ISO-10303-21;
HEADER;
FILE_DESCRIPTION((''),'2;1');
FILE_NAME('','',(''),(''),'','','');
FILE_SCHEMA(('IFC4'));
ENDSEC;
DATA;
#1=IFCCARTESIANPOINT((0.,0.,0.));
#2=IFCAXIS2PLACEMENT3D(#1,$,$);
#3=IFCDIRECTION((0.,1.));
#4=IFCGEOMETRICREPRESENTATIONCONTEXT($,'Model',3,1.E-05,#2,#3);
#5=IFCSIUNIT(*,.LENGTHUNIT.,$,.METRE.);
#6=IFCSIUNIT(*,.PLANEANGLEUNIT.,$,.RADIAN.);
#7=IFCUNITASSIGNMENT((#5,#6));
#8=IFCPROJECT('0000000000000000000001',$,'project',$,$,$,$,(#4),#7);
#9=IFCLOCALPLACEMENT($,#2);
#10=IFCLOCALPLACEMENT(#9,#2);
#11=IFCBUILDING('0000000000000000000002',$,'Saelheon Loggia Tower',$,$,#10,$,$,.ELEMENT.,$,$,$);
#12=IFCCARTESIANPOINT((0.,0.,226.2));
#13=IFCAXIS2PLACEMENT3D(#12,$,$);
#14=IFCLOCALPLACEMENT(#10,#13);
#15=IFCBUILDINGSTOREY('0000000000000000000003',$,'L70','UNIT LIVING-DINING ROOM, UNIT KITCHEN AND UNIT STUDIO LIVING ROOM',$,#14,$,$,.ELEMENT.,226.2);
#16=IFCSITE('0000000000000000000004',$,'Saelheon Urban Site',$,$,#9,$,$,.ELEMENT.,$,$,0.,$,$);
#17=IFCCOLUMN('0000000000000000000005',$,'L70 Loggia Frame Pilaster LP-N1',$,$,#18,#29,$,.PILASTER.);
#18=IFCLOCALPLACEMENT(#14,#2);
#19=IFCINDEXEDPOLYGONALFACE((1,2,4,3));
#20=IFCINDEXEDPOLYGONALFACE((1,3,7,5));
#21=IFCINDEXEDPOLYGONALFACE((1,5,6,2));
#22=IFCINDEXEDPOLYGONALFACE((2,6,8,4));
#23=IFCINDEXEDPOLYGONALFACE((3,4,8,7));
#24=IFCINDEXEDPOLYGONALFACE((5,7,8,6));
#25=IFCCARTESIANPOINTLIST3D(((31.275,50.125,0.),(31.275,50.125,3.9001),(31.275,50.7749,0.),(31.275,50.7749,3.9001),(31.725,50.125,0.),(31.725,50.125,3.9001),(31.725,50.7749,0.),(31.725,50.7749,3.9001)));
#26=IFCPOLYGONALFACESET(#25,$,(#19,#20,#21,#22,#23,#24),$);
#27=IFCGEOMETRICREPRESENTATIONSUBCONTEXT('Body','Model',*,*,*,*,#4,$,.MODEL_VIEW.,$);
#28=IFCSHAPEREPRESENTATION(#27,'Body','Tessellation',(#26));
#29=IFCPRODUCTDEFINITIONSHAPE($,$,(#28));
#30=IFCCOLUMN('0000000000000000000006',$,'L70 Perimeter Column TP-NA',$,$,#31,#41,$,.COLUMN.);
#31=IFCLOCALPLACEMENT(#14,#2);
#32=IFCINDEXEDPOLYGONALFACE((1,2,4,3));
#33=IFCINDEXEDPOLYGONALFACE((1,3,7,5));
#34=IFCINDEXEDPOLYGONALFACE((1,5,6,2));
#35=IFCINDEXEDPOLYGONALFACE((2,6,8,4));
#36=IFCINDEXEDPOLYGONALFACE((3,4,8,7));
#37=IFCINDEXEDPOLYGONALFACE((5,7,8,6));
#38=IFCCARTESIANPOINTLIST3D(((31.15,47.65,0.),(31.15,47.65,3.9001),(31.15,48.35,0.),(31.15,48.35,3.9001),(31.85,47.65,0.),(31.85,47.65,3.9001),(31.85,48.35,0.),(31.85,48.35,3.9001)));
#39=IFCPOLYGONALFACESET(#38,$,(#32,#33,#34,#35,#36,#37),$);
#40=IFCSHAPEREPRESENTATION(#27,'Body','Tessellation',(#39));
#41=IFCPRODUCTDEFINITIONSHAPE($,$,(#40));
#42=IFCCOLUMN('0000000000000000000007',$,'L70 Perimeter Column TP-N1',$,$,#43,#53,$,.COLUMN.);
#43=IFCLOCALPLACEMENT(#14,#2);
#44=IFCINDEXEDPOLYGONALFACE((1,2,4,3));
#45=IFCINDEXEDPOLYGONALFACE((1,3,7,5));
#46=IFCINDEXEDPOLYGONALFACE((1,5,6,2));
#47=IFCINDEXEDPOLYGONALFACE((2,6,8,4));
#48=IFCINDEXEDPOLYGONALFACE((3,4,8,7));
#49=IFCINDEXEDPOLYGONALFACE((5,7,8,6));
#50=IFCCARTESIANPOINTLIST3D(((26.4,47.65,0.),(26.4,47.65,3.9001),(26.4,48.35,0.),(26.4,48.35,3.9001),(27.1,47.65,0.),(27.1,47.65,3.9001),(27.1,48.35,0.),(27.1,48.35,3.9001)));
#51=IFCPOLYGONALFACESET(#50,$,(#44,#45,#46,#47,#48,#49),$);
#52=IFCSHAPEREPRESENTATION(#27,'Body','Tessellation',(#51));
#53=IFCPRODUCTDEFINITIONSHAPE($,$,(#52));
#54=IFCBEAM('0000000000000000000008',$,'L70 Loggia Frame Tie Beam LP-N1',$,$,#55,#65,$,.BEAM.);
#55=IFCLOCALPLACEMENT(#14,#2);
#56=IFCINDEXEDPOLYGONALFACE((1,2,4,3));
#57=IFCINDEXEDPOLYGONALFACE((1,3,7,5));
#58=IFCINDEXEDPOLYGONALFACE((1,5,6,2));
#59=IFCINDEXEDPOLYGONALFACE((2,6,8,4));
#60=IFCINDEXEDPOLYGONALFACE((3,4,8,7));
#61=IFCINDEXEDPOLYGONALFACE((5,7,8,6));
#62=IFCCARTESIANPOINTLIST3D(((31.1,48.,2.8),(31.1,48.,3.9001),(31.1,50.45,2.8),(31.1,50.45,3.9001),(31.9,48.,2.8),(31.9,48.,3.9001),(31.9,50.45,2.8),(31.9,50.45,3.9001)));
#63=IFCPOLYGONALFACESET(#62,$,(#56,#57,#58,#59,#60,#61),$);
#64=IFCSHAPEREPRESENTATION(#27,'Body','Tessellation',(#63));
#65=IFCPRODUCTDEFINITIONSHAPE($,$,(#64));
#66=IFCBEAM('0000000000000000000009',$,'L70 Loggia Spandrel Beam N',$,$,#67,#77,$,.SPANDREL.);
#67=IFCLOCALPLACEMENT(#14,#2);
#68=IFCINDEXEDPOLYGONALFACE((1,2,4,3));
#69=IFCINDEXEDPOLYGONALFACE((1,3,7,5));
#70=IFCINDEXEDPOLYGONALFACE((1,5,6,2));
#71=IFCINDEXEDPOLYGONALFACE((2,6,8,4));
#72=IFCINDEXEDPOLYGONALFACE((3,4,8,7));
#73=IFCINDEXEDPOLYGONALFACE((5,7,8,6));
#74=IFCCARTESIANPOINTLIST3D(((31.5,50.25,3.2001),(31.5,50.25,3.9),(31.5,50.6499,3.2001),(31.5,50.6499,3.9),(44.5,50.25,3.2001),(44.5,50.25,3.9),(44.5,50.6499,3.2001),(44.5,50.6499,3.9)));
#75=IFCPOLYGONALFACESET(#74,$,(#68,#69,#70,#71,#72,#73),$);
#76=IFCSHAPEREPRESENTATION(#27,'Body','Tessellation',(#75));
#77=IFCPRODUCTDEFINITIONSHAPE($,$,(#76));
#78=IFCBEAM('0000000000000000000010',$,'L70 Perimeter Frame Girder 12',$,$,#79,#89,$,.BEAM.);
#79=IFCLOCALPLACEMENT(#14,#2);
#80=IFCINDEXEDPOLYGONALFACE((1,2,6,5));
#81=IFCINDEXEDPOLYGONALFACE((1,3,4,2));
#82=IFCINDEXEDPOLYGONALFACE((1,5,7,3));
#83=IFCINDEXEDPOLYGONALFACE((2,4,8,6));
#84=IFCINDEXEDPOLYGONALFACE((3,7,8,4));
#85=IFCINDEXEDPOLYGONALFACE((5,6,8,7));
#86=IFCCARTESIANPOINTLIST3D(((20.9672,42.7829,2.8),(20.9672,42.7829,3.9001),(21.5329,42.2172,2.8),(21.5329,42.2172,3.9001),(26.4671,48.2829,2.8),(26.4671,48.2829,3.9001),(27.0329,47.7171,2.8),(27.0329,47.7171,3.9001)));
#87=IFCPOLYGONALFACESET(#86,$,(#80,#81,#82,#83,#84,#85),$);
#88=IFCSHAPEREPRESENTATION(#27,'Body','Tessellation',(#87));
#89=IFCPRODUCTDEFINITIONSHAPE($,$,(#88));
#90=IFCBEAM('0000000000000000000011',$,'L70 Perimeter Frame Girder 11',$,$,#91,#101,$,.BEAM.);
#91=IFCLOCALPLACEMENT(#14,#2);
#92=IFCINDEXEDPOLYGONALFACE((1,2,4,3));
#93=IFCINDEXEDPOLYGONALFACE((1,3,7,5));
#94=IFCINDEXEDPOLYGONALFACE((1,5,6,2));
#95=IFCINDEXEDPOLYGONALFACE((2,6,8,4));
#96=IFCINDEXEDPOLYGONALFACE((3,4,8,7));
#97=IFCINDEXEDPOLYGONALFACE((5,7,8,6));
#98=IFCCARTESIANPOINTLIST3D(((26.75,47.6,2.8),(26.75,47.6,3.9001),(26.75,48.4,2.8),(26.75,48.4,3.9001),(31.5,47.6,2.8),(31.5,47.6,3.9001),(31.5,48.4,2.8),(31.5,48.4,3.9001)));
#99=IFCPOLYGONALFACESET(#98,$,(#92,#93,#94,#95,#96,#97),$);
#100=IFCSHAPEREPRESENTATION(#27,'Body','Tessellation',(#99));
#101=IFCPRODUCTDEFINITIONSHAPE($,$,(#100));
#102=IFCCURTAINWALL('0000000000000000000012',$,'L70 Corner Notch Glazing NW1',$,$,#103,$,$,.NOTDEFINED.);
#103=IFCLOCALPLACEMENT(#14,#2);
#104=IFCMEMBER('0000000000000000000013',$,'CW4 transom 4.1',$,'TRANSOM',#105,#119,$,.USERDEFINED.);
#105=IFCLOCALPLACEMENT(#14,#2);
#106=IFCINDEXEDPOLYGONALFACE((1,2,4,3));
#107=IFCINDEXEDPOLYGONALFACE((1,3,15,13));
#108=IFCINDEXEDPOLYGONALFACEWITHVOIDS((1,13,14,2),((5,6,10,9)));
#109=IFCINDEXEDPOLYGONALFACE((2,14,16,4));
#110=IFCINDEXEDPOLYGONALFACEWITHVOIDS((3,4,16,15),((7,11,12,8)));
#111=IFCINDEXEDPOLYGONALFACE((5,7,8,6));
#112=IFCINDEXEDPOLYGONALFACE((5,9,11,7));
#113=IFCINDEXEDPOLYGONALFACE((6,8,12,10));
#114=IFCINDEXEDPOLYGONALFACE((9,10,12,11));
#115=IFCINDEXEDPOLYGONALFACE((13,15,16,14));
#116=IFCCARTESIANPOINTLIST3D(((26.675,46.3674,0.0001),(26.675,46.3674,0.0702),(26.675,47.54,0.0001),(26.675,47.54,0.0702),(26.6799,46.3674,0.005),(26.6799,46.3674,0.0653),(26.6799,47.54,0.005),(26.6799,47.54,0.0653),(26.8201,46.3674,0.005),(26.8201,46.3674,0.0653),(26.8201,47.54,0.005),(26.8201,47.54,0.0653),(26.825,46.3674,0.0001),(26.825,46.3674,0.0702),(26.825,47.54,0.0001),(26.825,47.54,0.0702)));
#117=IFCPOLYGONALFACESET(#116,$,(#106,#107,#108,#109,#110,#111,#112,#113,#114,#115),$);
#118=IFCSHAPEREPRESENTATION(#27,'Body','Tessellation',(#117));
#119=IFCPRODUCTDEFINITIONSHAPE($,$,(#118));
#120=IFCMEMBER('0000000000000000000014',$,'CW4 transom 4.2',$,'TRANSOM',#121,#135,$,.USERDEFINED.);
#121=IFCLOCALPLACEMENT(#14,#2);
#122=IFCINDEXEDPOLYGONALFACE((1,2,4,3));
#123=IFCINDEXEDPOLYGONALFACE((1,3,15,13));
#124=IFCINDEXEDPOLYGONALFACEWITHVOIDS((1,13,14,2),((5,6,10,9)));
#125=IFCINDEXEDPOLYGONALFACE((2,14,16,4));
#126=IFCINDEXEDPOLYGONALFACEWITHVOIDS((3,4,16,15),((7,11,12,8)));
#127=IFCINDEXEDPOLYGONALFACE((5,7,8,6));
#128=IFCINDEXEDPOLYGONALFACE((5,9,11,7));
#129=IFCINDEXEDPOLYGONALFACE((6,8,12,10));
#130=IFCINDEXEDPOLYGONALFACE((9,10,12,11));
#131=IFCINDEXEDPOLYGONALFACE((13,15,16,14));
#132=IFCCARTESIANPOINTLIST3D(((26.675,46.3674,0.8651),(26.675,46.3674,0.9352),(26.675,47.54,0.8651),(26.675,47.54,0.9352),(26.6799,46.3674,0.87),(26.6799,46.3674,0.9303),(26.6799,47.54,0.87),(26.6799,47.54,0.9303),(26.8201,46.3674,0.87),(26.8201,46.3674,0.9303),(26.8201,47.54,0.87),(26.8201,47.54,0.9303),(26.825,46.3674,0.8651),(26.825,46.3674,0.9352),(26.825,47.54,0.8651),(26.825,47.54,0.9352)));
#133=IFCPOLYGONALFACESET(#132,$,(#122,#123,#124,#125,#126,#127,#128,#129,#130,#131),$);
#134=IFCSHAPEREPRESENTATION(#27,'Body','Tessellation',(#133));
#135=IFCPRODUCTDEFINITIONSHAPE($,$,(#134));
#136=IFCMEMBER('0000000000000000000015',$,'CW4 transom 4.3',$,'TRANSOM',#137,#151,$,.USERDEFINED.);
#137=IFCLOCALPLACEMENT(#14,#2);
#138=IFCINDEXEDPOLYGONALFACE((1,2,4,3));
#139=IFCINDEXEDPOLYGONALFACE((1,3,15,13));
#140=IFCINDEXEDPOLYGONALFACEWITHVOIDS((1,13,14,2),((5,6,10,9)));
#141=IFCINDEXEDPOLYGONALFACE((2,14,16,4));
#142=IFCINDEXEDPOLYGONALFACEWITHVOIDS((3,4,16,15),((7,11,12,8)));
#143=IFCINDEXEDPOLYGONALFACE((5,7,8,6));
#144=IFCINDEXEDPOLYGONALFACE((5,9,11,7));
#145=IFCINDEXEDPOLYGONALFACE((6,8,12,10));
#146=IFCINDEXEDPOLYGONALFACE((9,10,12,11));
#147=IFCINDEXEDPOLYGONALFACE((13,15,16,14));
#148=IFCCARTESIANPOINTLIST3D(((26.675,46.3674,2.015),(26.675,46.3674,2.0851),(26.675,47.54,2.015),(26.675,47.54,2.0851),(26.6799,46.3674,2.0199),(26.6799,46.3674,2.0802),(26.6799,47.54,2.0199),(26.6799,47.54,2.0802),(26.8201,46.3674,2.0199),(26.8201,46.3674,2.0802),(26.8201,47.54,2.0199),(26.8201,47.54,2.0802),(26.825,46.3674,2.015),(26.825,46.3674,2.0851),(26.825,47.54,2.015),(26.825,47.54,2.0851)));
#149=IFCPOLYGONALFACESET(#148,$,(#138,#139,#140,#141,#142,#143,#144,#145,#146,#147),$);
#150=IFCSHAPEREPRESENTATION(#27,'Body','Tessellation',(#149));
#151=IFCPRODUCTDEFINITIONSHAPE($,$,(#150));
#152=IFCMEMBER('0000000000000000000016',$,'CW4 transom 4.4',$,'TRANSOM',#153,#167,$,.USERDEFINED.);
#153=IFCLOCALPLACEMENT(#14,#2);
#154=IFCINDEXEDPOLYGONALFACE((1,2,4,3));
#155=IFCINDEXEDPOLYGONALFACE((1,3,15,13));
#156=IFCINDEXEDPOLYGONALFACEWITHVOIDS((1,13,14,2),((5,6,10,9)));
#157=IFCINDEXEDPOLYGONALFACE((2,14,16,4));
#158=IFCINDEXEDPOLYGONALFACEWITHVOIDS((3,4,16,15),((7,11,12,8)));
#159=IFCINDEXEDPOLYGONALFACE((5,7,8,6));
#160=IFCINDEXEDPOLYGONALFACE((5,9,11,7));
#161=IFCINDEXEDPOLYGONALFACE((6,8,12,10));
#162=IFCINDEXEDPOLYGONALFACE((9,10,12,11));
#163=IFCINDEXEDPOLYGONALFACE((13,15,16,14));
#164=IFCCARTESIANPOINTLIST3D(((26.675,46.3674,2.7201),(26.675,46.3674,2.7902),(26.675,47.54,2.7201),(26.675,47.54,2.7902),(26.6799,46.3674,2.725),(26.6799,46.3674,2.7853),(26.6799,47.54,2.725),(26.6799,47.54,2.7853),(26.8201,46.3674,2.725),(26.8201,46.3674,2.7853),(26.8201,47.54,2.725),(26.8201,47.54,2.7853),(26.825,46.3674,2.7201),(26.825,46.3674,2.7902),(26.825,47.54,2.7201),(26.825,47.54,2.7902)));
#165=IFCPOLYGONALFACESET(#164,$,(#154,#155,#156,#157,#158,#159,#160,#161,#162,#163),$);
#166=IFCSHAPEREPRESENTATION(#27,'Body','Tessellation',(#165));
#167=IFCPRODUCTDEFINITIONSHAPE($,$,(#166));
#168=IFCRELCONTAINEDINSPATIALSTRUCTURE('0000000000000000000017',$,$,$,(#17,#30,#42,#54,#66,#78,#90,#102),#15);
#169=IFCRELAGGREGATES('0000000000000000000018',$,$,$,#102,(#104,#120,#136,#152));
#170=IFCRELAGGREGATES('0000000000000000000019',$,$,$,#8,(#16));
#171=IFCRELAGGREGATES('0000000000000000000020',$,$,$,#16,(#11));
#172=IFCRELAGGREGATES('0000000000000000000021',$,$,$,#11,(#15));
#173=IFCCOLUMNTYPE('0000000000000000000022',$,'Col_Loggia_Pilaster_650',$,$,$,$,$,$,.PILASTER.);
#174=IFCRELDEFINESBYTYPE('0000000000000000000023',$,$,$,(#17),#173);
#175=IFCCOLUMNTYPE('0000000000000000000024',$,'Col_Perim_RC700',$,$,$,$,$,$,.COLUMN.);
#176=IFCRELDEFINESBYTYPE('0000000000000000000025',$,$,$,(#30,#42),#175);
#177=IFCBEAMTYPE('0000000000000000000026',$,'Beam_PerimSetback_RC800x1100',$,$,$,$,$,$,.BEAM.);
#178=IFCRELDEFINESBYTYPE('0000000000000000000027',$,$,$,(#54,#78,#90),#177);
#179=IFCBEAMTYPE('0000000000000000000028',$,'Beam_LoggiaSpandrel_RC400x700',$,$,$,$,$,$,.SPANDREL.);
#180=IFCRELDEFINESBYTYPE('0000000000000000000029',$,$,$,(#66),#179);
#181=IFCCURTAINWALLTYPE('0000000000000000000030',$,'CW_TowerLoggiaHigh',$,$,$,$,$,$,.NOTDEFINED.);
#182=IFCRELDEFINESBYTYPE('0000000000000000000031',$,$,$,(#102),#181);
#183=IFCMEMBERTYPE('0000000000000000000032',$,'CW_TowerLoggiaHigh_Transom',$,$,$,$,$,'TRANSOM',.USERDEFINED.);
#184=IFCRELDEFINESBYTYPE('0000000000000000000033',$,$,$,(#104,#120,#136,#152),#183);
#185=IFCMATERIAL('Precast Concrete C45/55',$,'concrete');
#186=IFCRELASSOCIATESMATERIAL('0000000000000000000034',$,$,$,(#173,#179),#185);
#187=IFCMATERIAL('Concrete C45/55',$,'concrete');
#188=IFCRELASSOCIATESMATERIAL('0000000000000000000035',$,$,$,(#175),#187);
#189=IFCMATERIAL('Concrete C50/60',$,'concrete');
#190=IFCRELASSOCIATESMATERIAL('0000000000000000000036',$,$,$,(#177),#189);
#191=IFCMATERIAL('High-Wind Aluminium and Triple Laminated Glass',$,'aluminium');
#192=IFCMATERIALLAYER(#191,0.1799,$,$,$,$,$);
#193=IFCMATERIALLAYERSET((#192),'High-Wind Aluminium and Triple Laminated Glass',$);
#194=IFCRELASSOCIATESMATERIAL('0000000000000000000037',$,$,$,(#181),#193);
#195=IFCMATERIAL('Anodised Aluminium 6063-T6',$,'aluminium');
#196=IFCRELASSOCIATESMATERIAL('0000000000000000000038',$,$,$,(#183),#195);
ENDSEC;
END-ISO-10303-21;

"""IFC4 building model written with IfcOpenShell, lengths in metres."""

from ifc_helpers import new_model, si_unit, direction, frame, origin, origin_2d, place, context, subcontext, project, spatial, rectangle, hollow_rectangle, extrude, source, transform, mapped, material, layer, layer_set, material_profile, profile_set, type_object, element, aggregate, save


model = new_model("IFC4")

# Units and contexts
model_context = context("Model", 3, precision=1e-05, world=origin(), true_north=direction((0.0, 1.0)))
body_context = subcontext(model_context, "Body", "Model", "MODEL_VIEW")
ifc_project = project(units=[si_unit("LENGTHUNIT", "METRE"), si_unit("PLANEANGLEUNIT", "RADIAN")], contexts=[model_context])

# Site, building, storey
site_placement = place(None, origin())
site = spatial("IfcSite", under=ifc_project, at=site_placement, Name="Saelheon Urban Site", CompositionType="ELEMENT", RefElevation=0.0)
building_placement = place(site_placement, origin())
building = spatial("IfcBuilding", under=site, at=building_placement, Name="Saelheon Loggia Tower", CompositionType="ELEMENT")
storey_placement = place(building_placement, frame((0.0, 0.0, 226.2)))
storey = spatial("IfcBuildingStorey", under=building, at=storey_placement, Name="L70", Description="UNIT LIVING-DINING ROOM, UNIT KITCHEN AND UNIT STUDIO LIVING ROOM", CompositionType="ELEMENT", Elevation=226.2)

# Columns
ifc_material_1 = material(Name="Precast Concrete C45/55", Category="concrete")
ifc_material_profile_1 = material_profile(ifc_material_1, rectangle(XDim=0.45, YDim=0.6499, at=origin_2d()), Name="RC-450x650")
ifc_profile_set_1 = profile_set([ifc_material_profile_1], Name="Precast Concrete C45/55")
column_type_1 = type_object("IfcColumnType", Name="Col_Loggia_Pilaster_650", PredefinedType="PILASTER", material=ifc_profile_set_1)
shared_shape_1 = source(origin(), body_context, "Body", "SweptSolid", [
    extrude(rectangle(XDim=0.45, YDim=0.6499, at=origin_2d()), origin(), (0.0, 0.0, 1.0), 3.9001),
])
column_placement = place(storey_placement, frame((31.5, 50.45, 0.0), z_axis=(0.0, 0.0, 1.0), x_axis=(1.0, 0.0, 0.0)))
element("IfcColumn", 1, at=column_placement, inside=storey, type_object=column_type_1, Name="L70 Loggia Frame Pilaster LP-N1", PredefinedType="PILASTER", context=body_context, shape_type="MappedRepresentation", body=[
    mapped(shared_shape_1, transform((0.0, 0.0, 0.0), scale=1.0)),
])
ifc_material_2 = material(Name="Concrete C45/55", Category="concrete")
ifc_material_profile_2 = material_profile(ifc_material_2, rectangle(XDim=0.7, YDim=0.7, at=origin_2d()), Name="RC-700x700")
ifc_profile_set_2 = profile_set([ifc_material_profile_2], Name="Concrete C45/55")
column_type_2 = type_object("IfcColumnType", Name="Col_Perim_RC700", PredefinedType="COLUMN", material=ifc_profile_set_2)
shared_shape_2 = source(origin(), body_context, "Body", "SweptSolid", [
    extrude(rectangle(XDim=0.7, YDim=0.7, at=origin_2d()), origin(), (0.0, 0.0, 1.0), 3.9001),
])
for number, where, z_axis, x_axis, name in (
    (2, (31.5, 48.0, 0.0), (0.0, 0.0, 1.0), (1.0, 0.0, 0.0), "L70 Perimeter Column TP-NA"),
    (3, (26.75, 48.0, 0.0), (0.0, 0.0, 1.0), (1.0, 0.0, 0.0), "L70 Perimeter Column TP-N1"),
):
    element("IfcColumn", number, at=place(storey_placement, frame(where, z_axis=z_axis, x_axis=x_axis)), inside=storey, type_object=column_type_2, Name=name, PredefinedType="COLUMN", context=body_context, shape_type="MappedRepresentation", body=[
        mapped(shared_shape_2, transform((0.0, 0.0, 0.0), scale=1.0)),
    ])

# Beams
ifc_material_3 = material(Name="Concrete C50/60", Category="concrete")
ifc_material_profile_3 = material_profile(ifc_material_3, rectangle(XDim=0.8, YDim=1.1001, at=origin_2d()), Name="RC-800x1100")
ifc_profile_set_3 = profile_set([ifc_material_profile_3], Name="Concrete C50/60")
beam_type_1 = type_object("IfcBeamType", Name="Beam_PerimSetback_RC800x1100", PredefinedType="BEAM", material=ifc_profile_set_3)
shared_shape_3 = source(origin(), body_context, "Body", "SweptSolid", [
    extrude(rectangle(XDim=0.8, YDim=1.1001, at=origin_2d()), origin(), (0.0, 0.0, 1.0), 2.45),
])
beam_1_placement = place(storey_placement, frame((31.5, 48.0, 3.3501), z_axis=(0.0, 1.0, 0.0), x_axis=(-1.0, 0.0, 0.0)))
element("IfcBeam", 4, at=beam_1_placement, inside=storey, type_object=beam_type_1, Name="L70 Loggia Frame Tie Beam LP-N1", PredefinedType="BEAM", context=body_context, shape_type="MappedRepresentation", body=[
    mapped(shared_shape_3, transform((0.0, 0.0, 0.0), scale=1.0)),
])
ifc_material_profile_4 = material_profile(ifc_material_1, rectangle(XDim=0.3999, YDim=0.7, at=origin_2d()), Name="RC-400x700")
ifc_profile_set_4 = profile_set([ifc_material_profile_4], Name="Precast Concrete C45/55")
beam_type_2 = type_object("IfcBeamType", Name="Beam_LoggiaSpandrel_RC400x700", PredefinedType="SPANDREL", material=ifc_profile_set_4)
shared_shape_4 = source(origin(), body_context, "Body", "SweptSolid", [
    extrude(rectangle(XDim=0.3999, YDim=0.7, at=origin_2d()), origin(), (0.0, 0.0, 1.0), 13.0),
])
beam_2_placement = place(storey_placement, frame((31.5, 50.45, 3.55), z_axis=(1.0, 0.0, 0.0), x_axis=(0.0, 1.0, 0.0)))
element("IfcBeam", 5, at=beam_2_placement, inside=storey, type_object=beam_type_2, Name="L70 Loggia Spandrel Beam N", PredefinedType="SPANDREL", context=body_context, shape_type="MappedRepresentation", body=[
    mapped(shared_shape_4, transform((0.0, 0.0, 0.0), scale=1.0)),
])
shared_shape_5 = source(origin(), body_context, "Body", "SweptSolid", [
    extrude(rectangle(XDim=0.8, YDim=1.1001, at=origin_2d()), origin(), (0.0, 0.0, 1.0), 7.7781),
])
beam_3_placement = place(storey_placement, frame((26.75, 48.0, 3.3501), z_axis=(-0.707107, -0.707107, 0.0), x_axis=(0.707107, -0.707107, 0.0)))
element("IfcBeam", 6, at=beam_3_placement, inside=storey, type_object=beam_type_1, Name="L70 Perimeter Frame Girder 12", PredefinedType="BEAM", context=body_context, shape_type="MappedRepresentation", body=[
    mapped(shared_shape_5, transform((0.0, 0.0, 0.0), scale=1.0)),
])
shared_shape_6 = source(origin(), body_context, "Body", "SweptSolid", [
    extrude(rectangle(XDim=0.8, YDim=1.1001, at=origin_2d()), origin(), (0.0, 0.0, 1.0), 4.75),
])
beam_4_placement = place(storey_placement, frame((31.5, 48.0, 3.3501), z_axis=(-1.0, 0.0, 0.0), x_axis=(0.0, -1.0, 0.0)))
element("IfcBeam", 7, at=beam_4_placement, inside=storey, type_object=beam_type_1, Name="L70 Perimeter Frame Girder 11", PredefinedType="BEAM", context=body_context, shape_type="MappedRepresentation", body=[
    mapped(shared_shape_6, transform((0.0, 0.0, 0.0), scale=1.0)),
])

# Curtain wall, members
ifc_material_4 = material(Name="High-Wind Aluminium and Triple Laminated Glass", Category="aluminium")
ifc_layer_1 = layer(ifc_material_4, 0.1799)
ifc_layer_set_1 = layer_set([ifc_layer_1], Name="High-Wind Aluminium and Triple Laminated Glass")
curtain_wall_type = type_object("IfcCurtainWallType", Name="CW_TowerLoggiaHigh", PredefinedType="NOTDEFINED", material=ifc_layer_set_1)
curtain_wall_placement = place(storey_placement, origin())
curtain_wall = element("IfcCurtainWall", 8, at=curtain_wall_placement, inside=storey, type_object=curtain_wall_type, Name="L70 Corner Notch Glazing NW1", PredefinedType="NOTDEFINED")
ifc_material_5 = material(Name="Anodised Aluminium 6063-T6", Category="aluminium")
ifc_material_profile_5 = material_profile(ifc_material_5, hollow_rectangle(XDim=0.0701, YDim=0.1499, WallThickness=0.0049, at=origin_2d()), Name="RHS-150x70x5")
ifc_profile_set_5 = profile_set([ifc_material_profile_5], Name="Anodised Aluminium 6063-T6")
member_type_1 = type_object("IfcMemberType", Name="CW_TowerLoggiaHigh_Transom", ElementType="TRANSOM", PredefinedType="USERDEFINED", material=ifc_profile_set_5)
shared_shape_7 = source(origin(), body_context, "Body", "SweptSolid", [
    extrude(hollow_rectangle(XDim=0.0701, YDim=0.1499, WallThickness=0.0049, at=origin_2d()), origin(), (0.0, 0.0, 1.0), 1.1726),
])
member_1_placement = place(storey_placement, frame((26.75, 46.3674, 0.0352), z_axis=(0.0, 1.0, 0.0), x_axis=(0.0, 0.0, 1.0)))
member_1 = element("IfcMember", 9, at=member_1_placement, type_object=member_type_1, Name="CW4 transom 4.1", ObjectType="TRANSOM", PredefinedType="USERDEFINED", context=body_context, shape_type="MappedRepresentation", body=[
    mapped(shared_shape_7, transform((0.0, 0.0, 0.0), scale=1.0)),
])
member_2_placement = place(storey_placement, frame((26.75, 46.3674, 0.9001), z_axis=(0.0, 1.0, 0.0), x_axis=(0.0, 0.0, 1.0)))
member_2 = element("IfcMember", 10, at=member_2_placement, type_object=member_type_1, Name="CW4 transom 4.2", ObjectType="TRANSOM", PredefinedType="USERDEFINED", context=body_context, shape_type="MappedRepresentation", body=[
    mapped(shared_shape_7, transform((0.0, 0.0, 0.0), scale=1.0)),
])
member_3_placement = place(storey_placement, frame((26.75, 46.3674, 2.05), z_axis=(0.0, 1.0, 0.0), x_axis=(0.0, 0.0, 1.0)))
member_3 = element("IfcMember", 11, at=member_3_placement, type_object=member_type_1, Name="CW4 transom 4.3", ObjectType="TRANSOM", PredefinedType="USERDEFINED", context=body_context, shape_type="MappedRepresentation", body=[
    mapped(shared_shape_7, transform((0.0, 0.0, 0.0), scale=1.0)),
])
member_4_placement = place(storey_placement, frame((26.75, 46.3674, 2.7551), z_axis=(0.0, 1.0, 0.0), x_axis=(0.0, 0.0, 1.0)))
member_4 = element("IfcMember", 12, at=member_4_placement, type_object=member_type_1, Name="CW4 transom 4.4", ObjectType="TRANSOM", PredefinedType="USERDEFINED", context=body_context, shape_type="MappedRepresentation", body=[
    mapped(shared_shape_7, transform((0.0, 0.0, 0.0), scale=1.0)),
])
aggregate(curtain_wall, [member_1, member_2, member_3, member_4])

save(model, "model.ifc")
